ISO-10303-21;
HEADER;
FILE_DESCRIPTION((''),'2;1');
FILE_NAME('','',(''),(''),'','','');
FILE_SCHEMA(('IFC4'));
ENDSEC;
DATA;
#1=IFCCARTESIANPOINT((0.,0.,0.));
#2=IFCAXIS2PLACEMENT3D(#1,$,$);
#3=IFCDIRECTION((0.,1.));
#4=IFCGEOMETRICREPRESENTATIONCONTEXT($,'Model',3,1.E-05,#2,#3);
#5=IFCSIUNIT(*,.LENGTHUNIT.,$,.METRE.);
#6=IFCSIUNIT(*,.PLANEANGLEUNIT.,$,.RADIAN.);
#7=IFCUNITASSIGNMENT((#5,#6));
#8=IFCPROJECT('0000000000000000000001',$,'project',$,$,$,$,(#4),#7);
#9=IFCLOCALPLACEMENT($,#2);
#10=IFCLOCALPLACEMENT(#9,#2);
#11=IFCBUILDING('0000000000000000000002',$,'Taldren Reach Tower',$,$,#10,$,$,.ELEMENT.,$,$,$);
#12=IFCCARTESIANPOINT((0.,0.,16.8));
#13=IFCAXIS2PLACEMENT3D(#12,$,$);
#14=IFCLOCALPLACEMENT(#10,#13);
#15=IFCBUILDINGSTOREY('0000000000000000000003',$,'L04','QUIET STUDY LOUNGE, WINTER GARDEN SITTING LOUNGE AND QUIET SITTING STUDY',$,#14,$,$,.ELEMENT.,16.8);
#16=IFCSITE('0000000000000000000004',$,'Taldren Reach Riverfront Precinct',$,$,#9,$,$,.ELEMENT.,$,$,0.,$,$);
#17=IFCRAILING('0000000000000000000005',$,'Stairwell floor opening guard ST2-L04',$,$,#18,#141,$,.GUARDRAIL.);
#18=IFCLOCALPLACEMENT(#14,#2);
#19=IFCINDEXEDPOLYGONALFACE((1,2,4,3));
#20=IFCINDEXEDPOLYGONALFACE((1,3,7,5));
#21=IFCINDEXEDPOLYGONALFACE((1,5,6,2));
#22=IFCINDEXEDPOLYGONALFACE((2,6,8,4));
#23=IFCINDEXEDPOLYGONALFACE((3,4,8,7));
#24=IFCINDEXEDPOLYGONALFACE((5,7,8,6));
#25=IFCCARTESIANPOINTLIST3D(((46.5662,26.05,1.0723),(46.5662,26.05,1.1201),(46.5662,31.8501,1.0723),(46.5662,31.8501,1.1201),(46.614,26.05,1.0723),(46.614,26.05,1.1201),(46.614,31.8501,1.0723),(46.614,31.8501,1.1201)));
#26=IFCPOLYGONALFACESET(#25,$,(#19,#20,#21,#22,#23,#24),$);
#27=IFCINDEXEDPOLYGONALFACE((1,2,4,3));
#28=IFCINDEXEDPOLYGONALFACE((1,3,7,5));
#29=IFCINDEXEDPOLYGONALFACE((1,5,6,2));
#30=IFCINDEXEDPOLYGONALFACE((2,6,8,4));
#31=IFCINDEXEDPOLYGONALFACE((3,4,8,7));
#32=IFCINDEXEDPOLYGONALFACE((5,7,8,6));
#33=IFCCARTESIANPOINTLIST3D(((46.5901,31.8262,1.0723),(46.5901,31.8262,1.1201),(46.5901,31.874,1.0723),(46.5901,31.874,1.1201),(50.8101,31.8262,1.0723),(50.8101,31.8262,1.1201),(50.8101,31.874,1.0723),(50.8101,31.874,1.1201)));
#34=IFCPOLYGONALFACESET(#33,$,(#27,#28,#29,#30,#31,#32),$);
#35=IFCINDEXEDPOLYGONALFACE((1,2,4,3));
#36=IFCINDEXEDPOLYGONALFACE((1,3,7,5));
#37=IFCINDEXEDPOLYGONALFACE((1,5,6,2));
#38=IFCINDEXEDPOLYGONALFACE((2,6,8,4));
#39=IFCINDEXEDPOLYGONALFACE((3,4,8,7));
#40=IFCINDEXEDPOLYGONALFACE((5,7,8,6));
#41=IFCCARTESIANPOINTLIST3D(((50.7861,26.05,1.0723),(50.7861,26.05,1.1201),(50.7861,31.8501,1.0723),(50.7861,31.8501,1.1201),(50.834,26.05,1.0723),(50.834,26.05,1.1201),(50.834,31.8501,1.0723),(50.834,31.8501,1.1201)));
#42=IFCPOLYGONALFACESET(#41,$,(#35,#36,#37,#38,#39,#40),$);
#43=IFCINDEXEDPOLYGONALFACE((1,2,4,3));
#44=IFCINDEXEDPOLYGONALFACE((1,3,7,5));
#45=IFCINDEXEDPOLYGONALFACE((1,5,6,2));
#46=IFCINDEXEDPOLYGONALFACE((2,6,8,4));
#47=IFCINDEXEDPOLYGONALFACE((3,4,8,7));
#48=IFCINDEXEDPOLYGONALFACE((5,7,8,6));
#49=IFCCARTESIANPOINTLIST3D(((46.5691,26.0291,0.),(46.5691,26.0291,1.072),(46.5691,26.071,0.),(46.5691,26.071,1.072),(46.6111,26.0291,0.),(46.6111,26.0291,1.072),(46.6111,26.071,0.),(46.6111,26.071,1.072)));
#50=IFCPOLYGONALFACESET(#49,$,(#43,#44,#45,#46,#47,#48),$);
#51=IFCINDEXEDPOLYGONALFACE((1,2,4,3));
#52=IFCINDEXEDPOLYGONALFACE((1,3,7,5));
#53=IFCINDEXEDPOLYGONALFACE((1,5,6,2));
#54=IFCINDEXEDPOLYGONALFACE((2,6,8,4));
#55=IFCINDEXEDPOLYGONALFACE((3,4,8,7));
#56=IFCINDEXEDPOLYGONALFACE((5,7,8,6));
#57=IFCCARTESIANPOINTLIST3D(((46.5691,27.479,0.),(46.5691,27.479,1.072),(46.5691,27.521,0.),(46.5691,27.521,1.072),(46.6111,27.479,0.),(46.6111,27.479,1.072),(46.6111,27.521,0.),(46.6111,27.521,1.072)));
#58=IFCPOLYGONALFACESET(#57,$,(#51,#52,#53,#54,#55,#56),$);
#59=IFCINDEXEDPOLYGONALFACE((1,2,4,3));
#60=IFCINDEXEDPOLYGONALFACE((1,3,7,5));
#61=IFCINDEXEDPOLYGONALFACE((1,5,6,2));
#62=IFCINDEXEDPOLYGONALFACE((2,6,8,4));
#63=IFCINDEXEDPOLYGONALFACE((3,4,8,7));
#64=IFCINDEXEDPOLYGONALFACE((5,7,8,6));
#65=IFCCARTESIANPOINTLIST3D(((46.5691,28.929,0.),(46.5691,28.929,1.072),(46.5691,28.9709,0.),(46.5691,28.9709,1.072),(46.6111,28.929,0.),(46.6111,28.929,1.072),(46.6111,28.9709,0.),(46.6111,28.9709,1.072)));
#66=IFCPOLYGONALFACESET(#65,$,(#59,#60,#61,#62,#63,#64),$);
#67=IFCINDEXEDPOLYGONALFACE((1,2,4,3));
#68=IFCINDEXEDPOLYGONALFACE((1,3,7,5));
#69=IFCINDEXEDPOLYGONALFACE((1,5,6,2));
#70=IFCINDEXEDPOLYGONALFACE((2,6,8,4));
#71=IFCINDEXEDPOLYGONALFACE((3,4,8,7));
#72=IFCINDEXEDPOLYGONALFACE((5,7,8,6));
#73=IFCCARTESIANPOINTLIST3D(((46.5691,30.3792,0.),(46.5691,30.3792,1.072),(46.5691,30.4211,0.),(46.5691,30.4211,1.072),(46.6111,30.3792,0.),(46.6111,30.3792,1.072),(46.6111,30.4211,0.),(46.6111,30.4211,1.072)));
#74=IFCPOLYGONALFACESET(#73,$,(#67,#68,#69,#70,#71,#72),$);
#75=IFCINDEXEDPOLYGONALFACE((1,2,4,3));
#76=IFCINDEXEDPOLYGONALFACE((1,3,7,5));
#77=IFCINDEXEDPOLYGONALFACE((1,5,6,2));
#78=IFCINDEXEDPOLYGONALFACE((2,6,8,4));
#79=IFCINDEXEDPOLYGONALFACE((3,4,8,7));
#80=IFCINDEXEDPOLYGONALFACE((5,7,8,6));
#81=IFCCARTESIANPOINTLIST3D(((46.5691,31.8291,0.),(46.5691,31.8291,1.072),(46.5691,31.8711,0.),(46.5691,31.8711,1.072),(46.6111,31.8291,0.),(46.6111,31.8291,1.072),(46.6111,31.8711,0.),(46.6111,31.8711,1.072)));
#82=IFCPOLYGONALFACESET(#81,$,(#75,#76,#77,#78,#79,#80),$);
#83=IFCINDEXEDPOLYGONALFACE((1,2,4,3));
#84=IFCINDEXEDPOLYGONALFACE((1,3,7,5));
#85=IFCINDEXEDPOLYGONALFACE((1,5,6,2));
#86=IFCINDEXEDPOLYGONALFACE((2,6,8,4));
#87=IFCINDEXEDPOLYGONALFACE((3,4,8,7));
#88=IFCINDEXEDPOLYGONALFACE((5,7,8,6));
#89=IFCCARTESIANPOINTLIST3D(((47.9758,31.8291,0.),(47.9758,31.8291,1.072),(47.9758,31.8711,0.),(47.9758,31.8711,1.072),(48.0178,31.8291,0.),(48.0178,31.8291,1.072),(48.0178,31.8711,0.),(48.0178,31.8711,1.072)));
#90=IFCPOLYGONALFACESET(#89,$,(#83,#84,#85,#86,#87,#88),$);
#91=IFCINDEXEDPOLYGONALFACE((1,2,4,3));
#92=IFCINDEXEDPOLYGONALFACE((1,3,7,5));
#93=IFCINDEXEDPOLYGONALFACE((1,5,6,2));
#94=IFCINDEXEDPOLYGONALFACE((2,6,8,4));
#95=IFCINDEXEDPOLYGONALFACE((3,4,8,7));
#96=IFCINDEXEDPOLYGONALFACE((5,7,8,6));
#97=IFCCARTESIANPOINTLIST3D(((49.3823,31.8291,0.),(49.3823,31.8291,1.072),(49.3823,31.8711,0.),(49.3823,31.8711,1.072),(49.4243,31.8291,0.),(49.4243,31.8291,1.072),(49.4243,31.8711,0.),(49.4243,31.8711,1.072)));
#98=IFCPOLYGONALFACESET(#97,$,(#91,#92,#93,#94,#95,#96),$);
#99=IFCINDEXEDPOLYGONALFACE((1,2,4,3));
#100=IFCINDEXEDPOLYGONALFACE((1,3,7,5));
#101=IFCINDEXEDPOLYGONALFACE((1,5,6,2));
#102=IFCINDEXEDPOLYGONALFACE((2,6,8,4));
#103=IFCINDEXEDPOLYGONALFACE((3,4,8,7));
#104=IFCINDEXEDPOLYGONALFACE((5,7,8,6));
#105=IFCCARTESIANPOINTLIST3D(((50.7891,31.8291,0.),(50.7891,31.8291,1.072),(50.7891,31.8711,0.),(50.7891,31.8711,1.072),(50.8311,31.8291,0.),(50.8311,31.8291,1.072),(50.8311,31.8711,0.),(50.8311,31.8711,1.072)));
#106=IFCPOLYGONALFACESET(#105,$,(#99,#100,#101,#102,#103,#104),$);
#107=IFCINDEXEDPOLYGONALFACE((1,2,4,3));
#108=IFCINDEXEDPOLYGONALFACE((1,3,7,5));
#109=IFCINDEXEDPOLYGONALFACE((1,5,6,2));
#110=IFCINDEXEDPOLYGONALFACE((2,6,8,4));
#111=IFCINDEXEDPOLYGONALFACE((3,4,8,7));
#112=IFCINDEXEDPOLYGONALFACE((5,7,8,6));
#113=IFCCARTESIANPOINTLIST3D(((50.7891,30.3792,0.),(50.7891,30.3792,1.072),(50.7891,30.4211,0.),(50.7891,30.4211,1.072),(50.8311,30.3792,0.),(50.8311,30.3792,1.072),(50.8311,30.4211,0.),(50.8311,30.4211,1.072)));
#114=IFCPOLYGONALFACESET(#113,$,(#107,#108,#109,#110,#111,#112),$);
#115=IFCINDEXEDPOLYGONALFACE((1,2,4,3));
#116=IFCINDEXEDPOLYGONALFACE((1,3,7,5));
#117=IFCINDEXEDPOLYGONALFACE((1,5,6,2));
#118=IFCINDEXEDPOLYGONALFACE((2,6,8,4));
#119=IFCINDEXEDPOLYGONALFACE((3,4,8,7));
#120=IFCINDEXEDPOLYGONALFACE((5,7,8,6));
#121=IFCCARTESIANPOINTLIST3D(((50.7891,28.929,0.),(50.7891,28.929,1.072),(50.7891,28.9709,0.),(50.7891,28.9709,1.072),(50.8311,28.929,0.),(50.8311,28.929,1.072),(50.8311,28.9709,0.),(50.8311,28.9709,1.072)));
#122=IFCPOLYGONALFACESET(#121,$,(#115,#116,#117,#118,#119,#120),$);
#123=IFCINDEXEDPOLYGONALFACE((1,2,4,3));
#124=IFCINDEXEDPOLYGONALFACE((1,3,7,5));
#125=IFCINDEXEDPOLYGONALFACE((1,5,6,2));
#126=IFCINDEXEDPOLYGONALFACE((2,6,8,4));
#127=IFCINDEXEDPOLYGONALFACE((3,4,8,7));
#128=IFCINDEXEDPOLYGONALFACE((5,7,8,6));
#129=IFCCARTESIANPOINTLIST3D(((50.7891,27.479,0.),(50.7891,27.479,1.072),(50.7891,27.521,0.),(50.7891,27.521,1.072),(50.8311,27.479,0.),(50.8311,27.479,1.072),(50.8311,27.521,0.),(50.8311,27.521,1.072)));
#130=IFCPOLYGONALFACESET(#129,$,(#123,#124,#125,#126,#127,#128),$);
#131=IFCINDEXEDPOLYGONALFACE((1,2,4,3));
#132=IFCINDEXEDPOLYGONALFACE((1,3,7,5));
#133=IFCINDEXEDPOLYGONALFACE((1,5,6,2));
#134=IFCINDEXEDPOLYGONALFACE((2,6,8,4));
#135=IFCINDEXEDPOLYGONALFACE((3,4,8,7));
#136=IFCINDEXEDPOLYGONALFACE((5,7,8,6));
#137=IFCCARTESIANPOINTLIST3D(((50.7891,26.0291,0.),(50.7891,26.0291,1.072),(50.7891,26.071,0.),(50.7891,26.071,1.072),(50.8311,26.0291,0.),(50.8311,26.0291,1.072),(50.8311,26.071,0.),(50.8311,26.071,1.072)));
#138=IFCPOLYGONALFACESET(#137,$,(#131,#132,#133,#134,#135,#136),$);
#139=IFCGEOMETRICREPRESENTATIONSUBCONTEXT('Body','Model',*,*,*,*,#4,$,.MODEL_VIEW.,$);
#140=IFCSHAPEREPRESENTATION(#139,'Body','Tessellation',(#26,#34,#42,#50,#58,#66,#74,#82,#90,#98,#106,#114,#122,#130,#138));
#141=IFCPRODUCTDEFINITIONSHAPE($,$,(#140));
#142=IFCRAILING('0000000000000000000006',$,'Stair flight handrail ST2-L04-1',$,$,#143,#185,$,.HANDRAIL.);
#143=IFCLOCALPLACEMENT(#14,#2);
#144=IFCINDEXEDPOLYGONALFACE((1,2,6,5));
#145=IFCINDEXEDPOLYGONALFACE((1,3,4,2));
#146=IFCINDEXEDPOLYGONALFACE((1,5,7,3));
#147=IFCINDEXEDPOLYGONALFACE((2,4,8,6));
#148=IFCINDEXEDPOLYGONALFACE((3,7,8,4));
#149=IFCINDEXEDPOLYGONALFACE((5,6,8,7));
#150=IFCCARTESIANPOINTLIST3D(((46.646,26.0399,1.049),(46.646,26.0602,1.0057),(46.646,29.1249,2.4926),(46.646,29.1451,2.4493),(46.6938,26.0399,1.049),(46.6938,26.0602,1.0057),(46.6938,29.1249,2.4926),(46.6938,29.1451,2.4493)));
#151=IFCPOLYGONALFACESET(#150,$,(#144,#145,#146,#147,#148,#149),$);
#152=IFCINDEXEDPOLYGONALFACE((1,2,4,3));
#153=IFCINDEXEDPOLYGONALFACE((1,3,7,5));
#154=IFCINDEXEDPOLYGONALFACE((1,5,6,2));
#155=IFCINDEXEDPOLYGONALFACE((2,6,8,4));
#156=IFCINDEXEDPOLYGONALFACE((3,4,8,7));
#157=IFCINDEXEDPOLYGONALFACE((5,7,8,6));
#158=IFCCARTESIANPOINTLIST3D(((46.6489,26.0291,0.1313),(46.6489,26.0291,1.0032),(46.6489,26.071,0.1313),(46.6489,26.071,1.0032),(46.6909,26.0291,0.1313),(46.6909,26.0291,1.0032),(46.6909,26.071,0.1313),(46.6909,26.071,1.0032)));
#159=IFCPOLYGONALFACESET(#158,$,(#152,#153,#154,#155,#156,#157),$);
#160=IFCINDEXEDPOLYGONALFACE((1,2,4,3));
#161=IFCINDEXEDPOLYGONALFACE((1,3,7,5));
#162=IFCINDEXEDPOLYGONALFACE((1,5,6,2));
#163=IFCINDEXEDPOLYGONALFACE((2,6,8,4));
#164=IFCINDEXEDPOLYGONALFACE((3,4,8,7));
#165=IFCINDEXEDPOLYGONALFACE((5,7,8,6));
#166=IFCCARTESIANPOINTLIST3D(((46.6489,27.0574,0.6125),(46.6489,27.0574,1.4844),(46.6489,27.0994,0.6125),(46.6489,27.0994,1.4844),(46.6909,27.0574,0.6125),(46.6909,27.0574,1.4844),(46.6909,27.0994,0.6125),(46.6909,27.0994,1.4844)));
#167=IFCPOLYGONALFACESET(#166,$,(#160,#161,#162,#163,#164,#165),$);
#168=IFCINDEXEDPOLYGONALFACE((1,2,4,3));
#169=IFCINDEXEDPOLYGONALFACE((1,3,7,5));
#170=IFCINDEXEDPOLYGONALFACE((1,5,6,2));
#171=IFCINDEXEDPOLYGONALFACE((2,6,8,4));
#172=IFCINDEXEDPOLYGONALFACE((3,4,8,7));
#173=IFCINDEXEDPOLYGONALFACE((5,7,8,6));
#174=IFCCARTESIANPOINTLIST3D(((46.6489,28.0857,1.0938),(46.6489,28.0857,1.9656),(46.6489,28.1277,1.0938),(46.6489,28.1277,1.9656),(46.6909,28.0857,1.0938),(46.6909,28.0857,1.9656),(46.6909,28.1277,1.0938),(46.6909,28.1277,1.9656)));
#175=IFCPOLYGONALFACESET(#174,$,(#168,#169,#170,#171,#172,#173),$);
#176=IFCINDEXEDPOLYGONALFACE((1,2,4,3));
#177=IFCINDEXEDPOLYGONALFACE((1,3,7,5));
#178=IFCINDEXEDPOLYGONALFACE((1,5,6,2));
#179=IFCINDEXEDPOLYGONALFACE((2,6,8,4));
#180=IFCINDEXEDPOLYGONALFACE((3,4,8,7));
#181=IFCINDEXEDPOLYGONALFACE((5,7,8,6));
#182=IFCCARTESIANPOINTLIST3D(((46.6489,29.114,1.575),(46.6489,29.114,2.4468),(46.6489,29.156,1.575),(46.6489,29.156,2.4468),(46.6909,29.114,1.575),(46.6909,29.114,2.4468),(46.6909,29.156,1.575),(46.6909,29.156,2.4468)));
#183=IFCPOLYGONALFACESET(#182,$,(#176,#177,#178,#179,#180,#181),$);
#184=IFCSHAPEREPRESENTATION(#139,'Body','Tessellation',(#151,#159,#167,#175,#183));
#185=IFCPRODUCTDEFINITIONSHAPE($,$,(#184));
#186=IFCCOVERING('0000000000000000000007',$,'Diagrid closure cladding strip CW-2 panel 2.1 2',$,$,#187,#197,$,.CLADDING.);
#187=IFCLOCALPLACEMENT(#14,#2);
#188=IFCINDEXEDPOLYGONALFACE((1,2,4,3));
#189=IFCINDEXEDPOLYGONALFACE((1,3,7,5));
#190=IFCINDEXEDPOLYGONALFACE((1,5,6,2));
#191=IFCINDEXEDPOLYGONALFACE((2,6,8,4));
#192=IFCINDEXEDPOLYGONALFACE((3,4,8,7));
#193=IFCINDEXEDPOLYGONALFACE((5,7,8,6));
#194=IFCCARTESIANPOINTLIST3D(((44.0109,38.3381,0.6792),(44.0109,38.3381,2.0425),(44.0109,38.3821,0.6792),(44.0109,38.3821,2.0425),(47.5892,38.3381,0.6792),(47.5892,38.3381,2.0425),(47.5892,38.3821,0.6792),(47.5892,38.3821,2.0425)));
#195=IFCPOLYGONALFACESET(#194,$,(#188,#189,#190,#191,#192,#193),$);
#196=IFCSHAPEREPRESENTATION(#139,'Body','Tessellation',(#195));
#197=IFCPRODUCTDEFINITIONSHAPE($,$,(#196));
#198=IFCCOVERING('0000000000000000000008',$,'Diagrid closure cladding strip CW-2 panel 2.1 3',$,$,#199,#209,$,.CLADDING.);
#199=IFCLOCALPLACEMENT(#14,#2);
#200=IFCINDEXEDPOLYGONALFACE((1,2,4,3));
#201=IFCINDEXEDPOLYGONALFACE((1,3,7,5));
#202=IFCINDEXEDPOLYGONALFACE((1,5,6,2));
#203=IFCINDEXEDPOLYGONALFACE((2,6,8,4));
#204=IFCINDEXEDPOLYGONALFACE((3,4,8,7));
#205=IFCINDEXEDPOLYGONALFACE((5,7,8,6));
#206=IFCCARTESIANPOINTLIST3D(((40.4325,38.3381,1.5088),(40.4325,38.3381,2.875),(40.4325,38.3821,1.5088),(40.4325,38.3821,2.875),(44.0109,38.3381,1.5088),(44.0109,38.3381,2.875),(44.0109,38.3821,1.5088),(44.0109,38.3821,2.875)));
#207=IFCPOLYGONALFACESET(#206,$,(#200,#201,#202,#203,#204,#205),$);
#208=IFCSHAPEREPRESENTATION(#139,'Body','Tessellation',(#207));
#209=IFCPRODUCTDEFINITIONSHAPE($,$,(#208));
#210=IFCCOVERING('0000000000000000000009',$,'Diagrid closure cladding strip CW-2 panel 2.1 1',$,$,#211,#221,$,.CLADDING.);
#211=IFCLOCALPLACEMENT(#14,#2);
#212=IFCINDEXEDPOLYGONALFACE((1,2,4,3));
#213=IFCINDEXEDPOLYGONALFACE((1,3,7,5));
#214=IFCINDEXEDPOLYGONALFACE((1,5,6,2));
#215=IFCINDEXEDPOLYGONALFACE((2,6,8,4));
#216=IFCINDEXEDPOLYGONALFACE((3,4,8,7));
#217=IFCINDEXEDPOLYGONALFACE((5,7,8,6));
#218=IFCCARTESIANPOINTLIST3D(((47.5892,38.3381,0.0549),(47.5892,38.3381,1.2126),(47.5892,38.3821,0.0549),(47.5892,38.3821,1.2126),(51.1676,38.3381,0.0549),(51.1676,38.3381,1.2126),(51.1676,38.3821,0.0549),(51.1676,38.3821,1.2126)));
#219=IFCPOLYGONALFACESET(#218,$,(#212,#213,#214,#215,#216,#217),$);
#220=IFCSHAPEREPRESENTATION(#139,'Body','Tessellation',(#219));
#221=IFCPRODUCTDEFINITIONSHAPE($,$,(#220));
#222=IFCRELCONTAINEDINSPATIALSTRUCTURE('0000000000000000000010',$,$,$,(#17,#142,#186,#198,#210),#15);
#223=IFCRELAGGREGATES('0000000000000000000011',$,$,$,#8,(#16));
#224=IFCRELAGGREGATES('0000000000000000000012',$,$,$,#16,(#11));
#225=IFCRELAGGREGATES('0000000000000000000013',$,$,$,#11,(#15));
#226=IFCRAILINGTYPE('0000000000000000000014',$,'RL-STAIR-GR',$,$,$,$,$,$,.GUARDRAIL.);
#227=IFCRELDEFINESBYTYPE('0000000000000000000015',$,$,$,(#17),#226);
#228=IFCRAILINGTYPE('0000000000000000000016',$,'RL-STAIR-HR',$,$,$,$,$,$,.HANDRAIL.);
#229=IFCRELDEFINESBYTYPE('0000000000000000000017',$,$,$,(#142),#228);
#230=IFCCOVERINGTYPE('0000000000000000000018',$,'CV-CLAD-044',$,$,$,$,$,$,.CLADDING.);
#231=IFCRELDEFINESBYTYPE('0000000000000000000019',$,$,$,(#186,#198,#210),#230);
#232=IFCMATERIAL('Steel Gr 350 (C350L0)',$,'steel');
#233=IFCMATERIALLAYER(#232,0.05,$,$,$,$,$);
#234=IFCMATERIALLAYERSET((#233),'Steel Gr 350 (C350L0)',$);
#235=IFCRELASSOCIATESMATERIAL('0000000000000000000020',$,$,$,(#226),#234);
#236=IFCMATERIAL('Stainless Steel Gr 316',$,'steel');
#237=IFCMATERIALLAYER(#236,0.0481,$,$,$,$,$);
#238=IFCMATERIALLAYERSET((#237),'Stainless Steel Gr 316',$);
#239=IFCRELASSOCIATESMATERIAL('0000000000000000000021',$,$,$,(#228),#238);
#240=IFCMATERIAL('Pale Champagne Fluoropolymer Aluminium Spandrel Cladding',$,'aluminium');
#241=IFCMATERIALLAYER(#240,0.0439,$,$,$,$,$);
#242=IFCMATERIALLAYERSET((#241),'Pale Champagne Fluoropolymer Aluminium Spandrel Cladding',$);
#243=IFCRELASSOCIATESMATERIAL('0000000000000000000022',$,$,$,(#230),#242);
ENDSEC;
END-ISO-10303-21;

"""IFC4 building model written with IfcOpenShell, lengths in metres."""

from ifc_helpers import new_model, si_unit, direction, frame, origin, origin_2d, place, context, subcontext, project, spatial, rectangle, extrude, source, transform, mapped, material, layer, layer_set, type_object, element, save


model = new_model("IFC4")

# Units and contexts
model_context = context("Model", 3, precision=1e-05, world=origin(), true_north=direction((0.0, 1.0)))
body_context = subcontext(model_context, "Body", "Model", "MODEL_VIEW")
ifc_project = project(units=[si_unit("LENGTHUNIT", "METRE"), si_unit("PLANEANGLEUNIT", "RADIAN")], contexts=[model_context])

# Site, building, storey
site_placement = place(None, origin())
site = spatial("IfcSite", under=ifc_project, at=site_placement, Name="Taldren Reach Riverfront Precinct", CompositionType="ELEMENT", RefElevation=0.0)
building_placement = place(site_placement, origin())
building = spatial("IfcBuilding", under=site, at=building_placement, Name="Taldren Reach Tower", CompositionType="ELEMENT")
storey_placement = place(building_placement, frame((0.0, 0.0, 16.8)))
storey = spatial("IfcBuildingStorey", under=building, at=storey_placement, Name="L04", Description="QUIET STUDY LOUNGE, WINTER GARDEN SITTING LOUNGE AND QUIET SITTING STUDY", CompositionType="ELEMENT", Elevation=16.8)

# Shared definitions
ifc_material_1 = material(Name="Steel Gr 350 (C350L0)", Category="steel")

# Railings
ifc_layer_1 = layer(ifc_material_1, 0.05)
ifc_layer_set_1 = layer_set([ifc_layer_1], Name="Steel Gr 350 (C350L0)")
railing_type_1 = type_object("IfcRailingType", Name="RL-STAIR-GR", PredefinedType="GUARDRAIL", material=ifc_layer_set_1)
railing_1_placement = place(storey_placement, frame((46.5901, 26.05, 0.0)))
element("IfcRailing", 1, at=railing_1_placement, inside=storey, type_object=railing_type_1, Name="Stairwell floor opening guard ST2-L04", PredefinedType="GUARDRAIL", context=body_context, shape_type="SweptSolid", body=[
    extrude(rectangle(XDim=0.0479, YDim=0.0479, at=origin_2d()), frame((0.0, 0.0, 1.0962), z_axis=(0.0, 1.0, 0.0), x_axis=(-1.0, 0.0, 0.0)), (0.0, 0.0, 1.0), 5.8),
    extrude(rectangle(XDim=0.0479, YDim=0.0479, at=origin_2d()), frame((0.0, 5.8, 1.0962), z_axis=(1.0, 0.0, 0.0), x_axis=(0.0, 1.0, 0.0)), (0.0, 0.0, 1.0), 4.22),
    extrude(rectangle(XDim=0.0479, YDim=0.0479, at=origin_2d()), frame((4.22, 5.8, 1.0962), z_axis=(0.0, -1.0, 0.0), x_axis=(1.0, 0.0, 0.0)), (0.0, 0.0, 1.0), 5.8),
    extrude(rectangle(XDim=0.042, YDim=0.042, at=origin_2d()), origin(), (0.0, 0.0, 1.0), 1.072),
    extrude(rectangle(XDim=0.042, YDim=0.042, at=origin_2d()), frame((0.0, 1.45, 0.0)), (0.0, 0.0, 1.0), 1.072),
    extrude(rectangle(XDim=0.042, YDim=0.042, at=origin_2d()), frame((0.0, 2.8999, 0.0)), (0.0, 0.0, 1.0), 1.072),
    extrude(rectangle(XDim=0.042, YDim=0.042, at=origin_2d()), frame((0.0, 4.3501, 0.0)), (0.0, 0.0, 1.0), 1.072),
    extrude(rectangle(XDim=0.042, YDim=0.042, at=origin_2d()), frame((0.0, 5.8, 0.0)), (0.0, 0.0, 1.0), 1.072),
    extrude(rectangle(XDim=0.042, YDim=0.042, at=origin_2d()), frame((1.4067, 5.8, 0.0)), (0.0, 0.0, 1.0), 1.072),
    extrude(rectangle(XDim=0.042, YDim=0.042, at=origin_2d()), frame((2.8132, 5.8, 0.0)), (0.0, 0.0, 1.0), 1.072),
    extrude(rectangle(XDim=0.042, YDim=0.042, at=origin_2d()), frame((4.22, 5.8, 0.0)), (0.0, 0.0, 1.0), 1.072),
    extrude(rectangle(XDim=0.042, YDim=0.042, at=origin_2d()), frame((4.22, 4.3501, 0.0)), (0.0, 0.0, 1.0), 1.072),
    extrude(rectangle(XDim=0.042, YDim=0.042, at=origin_2d()), frame((4.22, 2.8999, 0.0)), (0.0, 0.0, 1.0), 1.072),
    extrude(rectangle(XDim=0.042, YDim=0.042, at=origin_2d()), frame((4.22, 1.45, 0.0)), (0.0, 0.0, 1.0), 1.072),
    extrude(rectangle(XDim=0.042, YDim=0.042, at=origin_2d()), frame((4.22, 0.0, 0.0)), (0.0, 0.0, 1.0), 1.072),
])
ifc_material_2 = material(Name="Stainless Steel Gr 316", Category="steel")
ifc_layer_2 = layer(ifc_material_2, 0.0481)
ifc_layer_set_2 = layer_set([ifc_layer_2], Name="Stainless Steel Gr 316")
railing_type_2 = type_object("IfcRailingType", Name="RL-STAIR-HR", PredefinedType="HANDRAIL", material=ifc_layer_set_2)
railing_2_placement = place(storey_placement, frame((46.6699, 26.05, 0.1313)))
element("IfcRailing", 2, at=railing_2_placement, inside=storey, type_object=railing_type_2, Name="Stair flight handrail ST2-L04-1", PredefinedType="HANDRAIL", context=body_context, shape_type="SweptSolid", body=[
    extrude(rectangle(XDim=0.0479, YDim=0.0479, at=origin_2d()), frame((0.0, 0.0, 0.896), z_axis=(0.0, 0.905738, 0.423839), x_axis=(-1.0, 0.0, 0.0)), (0.0, 0.0, 1.0), 3.406),
    extrude(rectangle(XDim=0.042, YDim=0.042, at=origin_2d()), origin(), (0.0, 0.0, 1.0), 0.8718),
    extrude(rectangle(XDim=0.042, YDim=0.042, at=origin_2d()), frame((0.0, 1.0283, 0.4812)), (0.0, 0.0, 1.0), 0.8718),
    extrude(rectangle(XDim=0.042, YDim=0.042, at=origin_2d()), frame((0.0, 2.0566, 0.9624)), (0.0, 0.0, 1.0), 0.8718),
    extrude(rectangle(XDim=0.042, YDim=0.042, at=origin_2d()), frame((0.0, 3.085, 1.4436)), (0.0, 0.0, 1.0), 0.8718),
])

# Coverings
ifc_material_3 = material(Name="Pale Champagne Fluoropolymer Aluminium Spandrel Cladding", Category="aluminium")
ifc_layer_3 = layer(ifc_material_3, 0.0439)
ifc_layer_set_3 = layer_set([ifc_layer_3], Name="Pale Champagne Fluoropolymer Aluminium Spandrel Cladding")
covering_type = type_object("IfcCoveringType", Name="CV-CLAD-044", PredefinedType="CLADDING", material=ifc_layer_set_3)
shared_shape_1 = source(origin(), body_context, "Body", "SweptSolid", [
    extrude(rectangle(XDim=3.5784, YDim=0.0439, at=origin_2d()), origin(), (0.0, 0.0, 1.0), 1.3633),
])
covering_1_placement = place(storey_placement, frame((45.8, 38.3601, 0.6792), z_axis=(0.0, 0.0, 1.0), x_axis=(-1.0, 0.0, 0.0)))
element("IfcCovering", 3, at=covering_1_placement, inside=storey, type_object=covering_type, Name="Diagrid closure cladding strip CW-2 panel 2.1 2", PredefinedType="CLADDING", context=body_context, shape_type="MappedRepresentation", body=[
    mapped(shared_shape_1, transform((0.0, 0.0, 0.0), scale=1.0)),
])
shared_shape_2 = source(origin(), body_context, "Body", "SweptSolid", [
    extrude(rectangle(XDim=3.5784, YDim=0.0439, at=origin_2d()), origin(), (0.0, 0.0, 1.0), 1.3662),
])
covering_2_placement = place(storey_placement, frame((42.2217, 38.3601, 1.5088), z_axis=(0.0, 0.0, 1.0), x_axis=(-1.0, 0.0, 0.0)))
element("IfcCovering", 4, at=covering_2_placement, inside=storey, type_object=covering_type, Name="Diagrid closure cladding strip CW-2 panel 2.1 3", PredefinedType="CLADDING", context=body_context, shape_type="MappedRepresentation", body=[
    mapped(shared_shape_2, transform((0.0, 0.0, 0.0), scale=1.0)),
])
shared_shape_3 = source(origin(), body_context, "Body", "SweptSolid", [
    extrude(rectangle(XDim=3.5784, YDim=0.0439, at=origin_2d()), origin(), (0.0, 0.0, 1.0), 1.1577),
])
covering_3_placement = place(storey_placement, frame((49.3784, 38.3601, 0.0549), z_axis=(0.0, 0.0, 1.0), x_axis=(-1.0, 0.0, 0.0)))
element("IfcCovering", 5, at=covering_3_placement, inside=storey, type_object=covering_type, Name="Diagrid closure cladding strip CW-2 panel 2.1 1", PredefinedType="CLADDING", context=body_context, shape_type="MappedRepresentation", body=[
    mapped(shared_shape_3, transform((0.0, 0.0, 0.0), scale=1.0)),
])

save(model, "model.ifc")
